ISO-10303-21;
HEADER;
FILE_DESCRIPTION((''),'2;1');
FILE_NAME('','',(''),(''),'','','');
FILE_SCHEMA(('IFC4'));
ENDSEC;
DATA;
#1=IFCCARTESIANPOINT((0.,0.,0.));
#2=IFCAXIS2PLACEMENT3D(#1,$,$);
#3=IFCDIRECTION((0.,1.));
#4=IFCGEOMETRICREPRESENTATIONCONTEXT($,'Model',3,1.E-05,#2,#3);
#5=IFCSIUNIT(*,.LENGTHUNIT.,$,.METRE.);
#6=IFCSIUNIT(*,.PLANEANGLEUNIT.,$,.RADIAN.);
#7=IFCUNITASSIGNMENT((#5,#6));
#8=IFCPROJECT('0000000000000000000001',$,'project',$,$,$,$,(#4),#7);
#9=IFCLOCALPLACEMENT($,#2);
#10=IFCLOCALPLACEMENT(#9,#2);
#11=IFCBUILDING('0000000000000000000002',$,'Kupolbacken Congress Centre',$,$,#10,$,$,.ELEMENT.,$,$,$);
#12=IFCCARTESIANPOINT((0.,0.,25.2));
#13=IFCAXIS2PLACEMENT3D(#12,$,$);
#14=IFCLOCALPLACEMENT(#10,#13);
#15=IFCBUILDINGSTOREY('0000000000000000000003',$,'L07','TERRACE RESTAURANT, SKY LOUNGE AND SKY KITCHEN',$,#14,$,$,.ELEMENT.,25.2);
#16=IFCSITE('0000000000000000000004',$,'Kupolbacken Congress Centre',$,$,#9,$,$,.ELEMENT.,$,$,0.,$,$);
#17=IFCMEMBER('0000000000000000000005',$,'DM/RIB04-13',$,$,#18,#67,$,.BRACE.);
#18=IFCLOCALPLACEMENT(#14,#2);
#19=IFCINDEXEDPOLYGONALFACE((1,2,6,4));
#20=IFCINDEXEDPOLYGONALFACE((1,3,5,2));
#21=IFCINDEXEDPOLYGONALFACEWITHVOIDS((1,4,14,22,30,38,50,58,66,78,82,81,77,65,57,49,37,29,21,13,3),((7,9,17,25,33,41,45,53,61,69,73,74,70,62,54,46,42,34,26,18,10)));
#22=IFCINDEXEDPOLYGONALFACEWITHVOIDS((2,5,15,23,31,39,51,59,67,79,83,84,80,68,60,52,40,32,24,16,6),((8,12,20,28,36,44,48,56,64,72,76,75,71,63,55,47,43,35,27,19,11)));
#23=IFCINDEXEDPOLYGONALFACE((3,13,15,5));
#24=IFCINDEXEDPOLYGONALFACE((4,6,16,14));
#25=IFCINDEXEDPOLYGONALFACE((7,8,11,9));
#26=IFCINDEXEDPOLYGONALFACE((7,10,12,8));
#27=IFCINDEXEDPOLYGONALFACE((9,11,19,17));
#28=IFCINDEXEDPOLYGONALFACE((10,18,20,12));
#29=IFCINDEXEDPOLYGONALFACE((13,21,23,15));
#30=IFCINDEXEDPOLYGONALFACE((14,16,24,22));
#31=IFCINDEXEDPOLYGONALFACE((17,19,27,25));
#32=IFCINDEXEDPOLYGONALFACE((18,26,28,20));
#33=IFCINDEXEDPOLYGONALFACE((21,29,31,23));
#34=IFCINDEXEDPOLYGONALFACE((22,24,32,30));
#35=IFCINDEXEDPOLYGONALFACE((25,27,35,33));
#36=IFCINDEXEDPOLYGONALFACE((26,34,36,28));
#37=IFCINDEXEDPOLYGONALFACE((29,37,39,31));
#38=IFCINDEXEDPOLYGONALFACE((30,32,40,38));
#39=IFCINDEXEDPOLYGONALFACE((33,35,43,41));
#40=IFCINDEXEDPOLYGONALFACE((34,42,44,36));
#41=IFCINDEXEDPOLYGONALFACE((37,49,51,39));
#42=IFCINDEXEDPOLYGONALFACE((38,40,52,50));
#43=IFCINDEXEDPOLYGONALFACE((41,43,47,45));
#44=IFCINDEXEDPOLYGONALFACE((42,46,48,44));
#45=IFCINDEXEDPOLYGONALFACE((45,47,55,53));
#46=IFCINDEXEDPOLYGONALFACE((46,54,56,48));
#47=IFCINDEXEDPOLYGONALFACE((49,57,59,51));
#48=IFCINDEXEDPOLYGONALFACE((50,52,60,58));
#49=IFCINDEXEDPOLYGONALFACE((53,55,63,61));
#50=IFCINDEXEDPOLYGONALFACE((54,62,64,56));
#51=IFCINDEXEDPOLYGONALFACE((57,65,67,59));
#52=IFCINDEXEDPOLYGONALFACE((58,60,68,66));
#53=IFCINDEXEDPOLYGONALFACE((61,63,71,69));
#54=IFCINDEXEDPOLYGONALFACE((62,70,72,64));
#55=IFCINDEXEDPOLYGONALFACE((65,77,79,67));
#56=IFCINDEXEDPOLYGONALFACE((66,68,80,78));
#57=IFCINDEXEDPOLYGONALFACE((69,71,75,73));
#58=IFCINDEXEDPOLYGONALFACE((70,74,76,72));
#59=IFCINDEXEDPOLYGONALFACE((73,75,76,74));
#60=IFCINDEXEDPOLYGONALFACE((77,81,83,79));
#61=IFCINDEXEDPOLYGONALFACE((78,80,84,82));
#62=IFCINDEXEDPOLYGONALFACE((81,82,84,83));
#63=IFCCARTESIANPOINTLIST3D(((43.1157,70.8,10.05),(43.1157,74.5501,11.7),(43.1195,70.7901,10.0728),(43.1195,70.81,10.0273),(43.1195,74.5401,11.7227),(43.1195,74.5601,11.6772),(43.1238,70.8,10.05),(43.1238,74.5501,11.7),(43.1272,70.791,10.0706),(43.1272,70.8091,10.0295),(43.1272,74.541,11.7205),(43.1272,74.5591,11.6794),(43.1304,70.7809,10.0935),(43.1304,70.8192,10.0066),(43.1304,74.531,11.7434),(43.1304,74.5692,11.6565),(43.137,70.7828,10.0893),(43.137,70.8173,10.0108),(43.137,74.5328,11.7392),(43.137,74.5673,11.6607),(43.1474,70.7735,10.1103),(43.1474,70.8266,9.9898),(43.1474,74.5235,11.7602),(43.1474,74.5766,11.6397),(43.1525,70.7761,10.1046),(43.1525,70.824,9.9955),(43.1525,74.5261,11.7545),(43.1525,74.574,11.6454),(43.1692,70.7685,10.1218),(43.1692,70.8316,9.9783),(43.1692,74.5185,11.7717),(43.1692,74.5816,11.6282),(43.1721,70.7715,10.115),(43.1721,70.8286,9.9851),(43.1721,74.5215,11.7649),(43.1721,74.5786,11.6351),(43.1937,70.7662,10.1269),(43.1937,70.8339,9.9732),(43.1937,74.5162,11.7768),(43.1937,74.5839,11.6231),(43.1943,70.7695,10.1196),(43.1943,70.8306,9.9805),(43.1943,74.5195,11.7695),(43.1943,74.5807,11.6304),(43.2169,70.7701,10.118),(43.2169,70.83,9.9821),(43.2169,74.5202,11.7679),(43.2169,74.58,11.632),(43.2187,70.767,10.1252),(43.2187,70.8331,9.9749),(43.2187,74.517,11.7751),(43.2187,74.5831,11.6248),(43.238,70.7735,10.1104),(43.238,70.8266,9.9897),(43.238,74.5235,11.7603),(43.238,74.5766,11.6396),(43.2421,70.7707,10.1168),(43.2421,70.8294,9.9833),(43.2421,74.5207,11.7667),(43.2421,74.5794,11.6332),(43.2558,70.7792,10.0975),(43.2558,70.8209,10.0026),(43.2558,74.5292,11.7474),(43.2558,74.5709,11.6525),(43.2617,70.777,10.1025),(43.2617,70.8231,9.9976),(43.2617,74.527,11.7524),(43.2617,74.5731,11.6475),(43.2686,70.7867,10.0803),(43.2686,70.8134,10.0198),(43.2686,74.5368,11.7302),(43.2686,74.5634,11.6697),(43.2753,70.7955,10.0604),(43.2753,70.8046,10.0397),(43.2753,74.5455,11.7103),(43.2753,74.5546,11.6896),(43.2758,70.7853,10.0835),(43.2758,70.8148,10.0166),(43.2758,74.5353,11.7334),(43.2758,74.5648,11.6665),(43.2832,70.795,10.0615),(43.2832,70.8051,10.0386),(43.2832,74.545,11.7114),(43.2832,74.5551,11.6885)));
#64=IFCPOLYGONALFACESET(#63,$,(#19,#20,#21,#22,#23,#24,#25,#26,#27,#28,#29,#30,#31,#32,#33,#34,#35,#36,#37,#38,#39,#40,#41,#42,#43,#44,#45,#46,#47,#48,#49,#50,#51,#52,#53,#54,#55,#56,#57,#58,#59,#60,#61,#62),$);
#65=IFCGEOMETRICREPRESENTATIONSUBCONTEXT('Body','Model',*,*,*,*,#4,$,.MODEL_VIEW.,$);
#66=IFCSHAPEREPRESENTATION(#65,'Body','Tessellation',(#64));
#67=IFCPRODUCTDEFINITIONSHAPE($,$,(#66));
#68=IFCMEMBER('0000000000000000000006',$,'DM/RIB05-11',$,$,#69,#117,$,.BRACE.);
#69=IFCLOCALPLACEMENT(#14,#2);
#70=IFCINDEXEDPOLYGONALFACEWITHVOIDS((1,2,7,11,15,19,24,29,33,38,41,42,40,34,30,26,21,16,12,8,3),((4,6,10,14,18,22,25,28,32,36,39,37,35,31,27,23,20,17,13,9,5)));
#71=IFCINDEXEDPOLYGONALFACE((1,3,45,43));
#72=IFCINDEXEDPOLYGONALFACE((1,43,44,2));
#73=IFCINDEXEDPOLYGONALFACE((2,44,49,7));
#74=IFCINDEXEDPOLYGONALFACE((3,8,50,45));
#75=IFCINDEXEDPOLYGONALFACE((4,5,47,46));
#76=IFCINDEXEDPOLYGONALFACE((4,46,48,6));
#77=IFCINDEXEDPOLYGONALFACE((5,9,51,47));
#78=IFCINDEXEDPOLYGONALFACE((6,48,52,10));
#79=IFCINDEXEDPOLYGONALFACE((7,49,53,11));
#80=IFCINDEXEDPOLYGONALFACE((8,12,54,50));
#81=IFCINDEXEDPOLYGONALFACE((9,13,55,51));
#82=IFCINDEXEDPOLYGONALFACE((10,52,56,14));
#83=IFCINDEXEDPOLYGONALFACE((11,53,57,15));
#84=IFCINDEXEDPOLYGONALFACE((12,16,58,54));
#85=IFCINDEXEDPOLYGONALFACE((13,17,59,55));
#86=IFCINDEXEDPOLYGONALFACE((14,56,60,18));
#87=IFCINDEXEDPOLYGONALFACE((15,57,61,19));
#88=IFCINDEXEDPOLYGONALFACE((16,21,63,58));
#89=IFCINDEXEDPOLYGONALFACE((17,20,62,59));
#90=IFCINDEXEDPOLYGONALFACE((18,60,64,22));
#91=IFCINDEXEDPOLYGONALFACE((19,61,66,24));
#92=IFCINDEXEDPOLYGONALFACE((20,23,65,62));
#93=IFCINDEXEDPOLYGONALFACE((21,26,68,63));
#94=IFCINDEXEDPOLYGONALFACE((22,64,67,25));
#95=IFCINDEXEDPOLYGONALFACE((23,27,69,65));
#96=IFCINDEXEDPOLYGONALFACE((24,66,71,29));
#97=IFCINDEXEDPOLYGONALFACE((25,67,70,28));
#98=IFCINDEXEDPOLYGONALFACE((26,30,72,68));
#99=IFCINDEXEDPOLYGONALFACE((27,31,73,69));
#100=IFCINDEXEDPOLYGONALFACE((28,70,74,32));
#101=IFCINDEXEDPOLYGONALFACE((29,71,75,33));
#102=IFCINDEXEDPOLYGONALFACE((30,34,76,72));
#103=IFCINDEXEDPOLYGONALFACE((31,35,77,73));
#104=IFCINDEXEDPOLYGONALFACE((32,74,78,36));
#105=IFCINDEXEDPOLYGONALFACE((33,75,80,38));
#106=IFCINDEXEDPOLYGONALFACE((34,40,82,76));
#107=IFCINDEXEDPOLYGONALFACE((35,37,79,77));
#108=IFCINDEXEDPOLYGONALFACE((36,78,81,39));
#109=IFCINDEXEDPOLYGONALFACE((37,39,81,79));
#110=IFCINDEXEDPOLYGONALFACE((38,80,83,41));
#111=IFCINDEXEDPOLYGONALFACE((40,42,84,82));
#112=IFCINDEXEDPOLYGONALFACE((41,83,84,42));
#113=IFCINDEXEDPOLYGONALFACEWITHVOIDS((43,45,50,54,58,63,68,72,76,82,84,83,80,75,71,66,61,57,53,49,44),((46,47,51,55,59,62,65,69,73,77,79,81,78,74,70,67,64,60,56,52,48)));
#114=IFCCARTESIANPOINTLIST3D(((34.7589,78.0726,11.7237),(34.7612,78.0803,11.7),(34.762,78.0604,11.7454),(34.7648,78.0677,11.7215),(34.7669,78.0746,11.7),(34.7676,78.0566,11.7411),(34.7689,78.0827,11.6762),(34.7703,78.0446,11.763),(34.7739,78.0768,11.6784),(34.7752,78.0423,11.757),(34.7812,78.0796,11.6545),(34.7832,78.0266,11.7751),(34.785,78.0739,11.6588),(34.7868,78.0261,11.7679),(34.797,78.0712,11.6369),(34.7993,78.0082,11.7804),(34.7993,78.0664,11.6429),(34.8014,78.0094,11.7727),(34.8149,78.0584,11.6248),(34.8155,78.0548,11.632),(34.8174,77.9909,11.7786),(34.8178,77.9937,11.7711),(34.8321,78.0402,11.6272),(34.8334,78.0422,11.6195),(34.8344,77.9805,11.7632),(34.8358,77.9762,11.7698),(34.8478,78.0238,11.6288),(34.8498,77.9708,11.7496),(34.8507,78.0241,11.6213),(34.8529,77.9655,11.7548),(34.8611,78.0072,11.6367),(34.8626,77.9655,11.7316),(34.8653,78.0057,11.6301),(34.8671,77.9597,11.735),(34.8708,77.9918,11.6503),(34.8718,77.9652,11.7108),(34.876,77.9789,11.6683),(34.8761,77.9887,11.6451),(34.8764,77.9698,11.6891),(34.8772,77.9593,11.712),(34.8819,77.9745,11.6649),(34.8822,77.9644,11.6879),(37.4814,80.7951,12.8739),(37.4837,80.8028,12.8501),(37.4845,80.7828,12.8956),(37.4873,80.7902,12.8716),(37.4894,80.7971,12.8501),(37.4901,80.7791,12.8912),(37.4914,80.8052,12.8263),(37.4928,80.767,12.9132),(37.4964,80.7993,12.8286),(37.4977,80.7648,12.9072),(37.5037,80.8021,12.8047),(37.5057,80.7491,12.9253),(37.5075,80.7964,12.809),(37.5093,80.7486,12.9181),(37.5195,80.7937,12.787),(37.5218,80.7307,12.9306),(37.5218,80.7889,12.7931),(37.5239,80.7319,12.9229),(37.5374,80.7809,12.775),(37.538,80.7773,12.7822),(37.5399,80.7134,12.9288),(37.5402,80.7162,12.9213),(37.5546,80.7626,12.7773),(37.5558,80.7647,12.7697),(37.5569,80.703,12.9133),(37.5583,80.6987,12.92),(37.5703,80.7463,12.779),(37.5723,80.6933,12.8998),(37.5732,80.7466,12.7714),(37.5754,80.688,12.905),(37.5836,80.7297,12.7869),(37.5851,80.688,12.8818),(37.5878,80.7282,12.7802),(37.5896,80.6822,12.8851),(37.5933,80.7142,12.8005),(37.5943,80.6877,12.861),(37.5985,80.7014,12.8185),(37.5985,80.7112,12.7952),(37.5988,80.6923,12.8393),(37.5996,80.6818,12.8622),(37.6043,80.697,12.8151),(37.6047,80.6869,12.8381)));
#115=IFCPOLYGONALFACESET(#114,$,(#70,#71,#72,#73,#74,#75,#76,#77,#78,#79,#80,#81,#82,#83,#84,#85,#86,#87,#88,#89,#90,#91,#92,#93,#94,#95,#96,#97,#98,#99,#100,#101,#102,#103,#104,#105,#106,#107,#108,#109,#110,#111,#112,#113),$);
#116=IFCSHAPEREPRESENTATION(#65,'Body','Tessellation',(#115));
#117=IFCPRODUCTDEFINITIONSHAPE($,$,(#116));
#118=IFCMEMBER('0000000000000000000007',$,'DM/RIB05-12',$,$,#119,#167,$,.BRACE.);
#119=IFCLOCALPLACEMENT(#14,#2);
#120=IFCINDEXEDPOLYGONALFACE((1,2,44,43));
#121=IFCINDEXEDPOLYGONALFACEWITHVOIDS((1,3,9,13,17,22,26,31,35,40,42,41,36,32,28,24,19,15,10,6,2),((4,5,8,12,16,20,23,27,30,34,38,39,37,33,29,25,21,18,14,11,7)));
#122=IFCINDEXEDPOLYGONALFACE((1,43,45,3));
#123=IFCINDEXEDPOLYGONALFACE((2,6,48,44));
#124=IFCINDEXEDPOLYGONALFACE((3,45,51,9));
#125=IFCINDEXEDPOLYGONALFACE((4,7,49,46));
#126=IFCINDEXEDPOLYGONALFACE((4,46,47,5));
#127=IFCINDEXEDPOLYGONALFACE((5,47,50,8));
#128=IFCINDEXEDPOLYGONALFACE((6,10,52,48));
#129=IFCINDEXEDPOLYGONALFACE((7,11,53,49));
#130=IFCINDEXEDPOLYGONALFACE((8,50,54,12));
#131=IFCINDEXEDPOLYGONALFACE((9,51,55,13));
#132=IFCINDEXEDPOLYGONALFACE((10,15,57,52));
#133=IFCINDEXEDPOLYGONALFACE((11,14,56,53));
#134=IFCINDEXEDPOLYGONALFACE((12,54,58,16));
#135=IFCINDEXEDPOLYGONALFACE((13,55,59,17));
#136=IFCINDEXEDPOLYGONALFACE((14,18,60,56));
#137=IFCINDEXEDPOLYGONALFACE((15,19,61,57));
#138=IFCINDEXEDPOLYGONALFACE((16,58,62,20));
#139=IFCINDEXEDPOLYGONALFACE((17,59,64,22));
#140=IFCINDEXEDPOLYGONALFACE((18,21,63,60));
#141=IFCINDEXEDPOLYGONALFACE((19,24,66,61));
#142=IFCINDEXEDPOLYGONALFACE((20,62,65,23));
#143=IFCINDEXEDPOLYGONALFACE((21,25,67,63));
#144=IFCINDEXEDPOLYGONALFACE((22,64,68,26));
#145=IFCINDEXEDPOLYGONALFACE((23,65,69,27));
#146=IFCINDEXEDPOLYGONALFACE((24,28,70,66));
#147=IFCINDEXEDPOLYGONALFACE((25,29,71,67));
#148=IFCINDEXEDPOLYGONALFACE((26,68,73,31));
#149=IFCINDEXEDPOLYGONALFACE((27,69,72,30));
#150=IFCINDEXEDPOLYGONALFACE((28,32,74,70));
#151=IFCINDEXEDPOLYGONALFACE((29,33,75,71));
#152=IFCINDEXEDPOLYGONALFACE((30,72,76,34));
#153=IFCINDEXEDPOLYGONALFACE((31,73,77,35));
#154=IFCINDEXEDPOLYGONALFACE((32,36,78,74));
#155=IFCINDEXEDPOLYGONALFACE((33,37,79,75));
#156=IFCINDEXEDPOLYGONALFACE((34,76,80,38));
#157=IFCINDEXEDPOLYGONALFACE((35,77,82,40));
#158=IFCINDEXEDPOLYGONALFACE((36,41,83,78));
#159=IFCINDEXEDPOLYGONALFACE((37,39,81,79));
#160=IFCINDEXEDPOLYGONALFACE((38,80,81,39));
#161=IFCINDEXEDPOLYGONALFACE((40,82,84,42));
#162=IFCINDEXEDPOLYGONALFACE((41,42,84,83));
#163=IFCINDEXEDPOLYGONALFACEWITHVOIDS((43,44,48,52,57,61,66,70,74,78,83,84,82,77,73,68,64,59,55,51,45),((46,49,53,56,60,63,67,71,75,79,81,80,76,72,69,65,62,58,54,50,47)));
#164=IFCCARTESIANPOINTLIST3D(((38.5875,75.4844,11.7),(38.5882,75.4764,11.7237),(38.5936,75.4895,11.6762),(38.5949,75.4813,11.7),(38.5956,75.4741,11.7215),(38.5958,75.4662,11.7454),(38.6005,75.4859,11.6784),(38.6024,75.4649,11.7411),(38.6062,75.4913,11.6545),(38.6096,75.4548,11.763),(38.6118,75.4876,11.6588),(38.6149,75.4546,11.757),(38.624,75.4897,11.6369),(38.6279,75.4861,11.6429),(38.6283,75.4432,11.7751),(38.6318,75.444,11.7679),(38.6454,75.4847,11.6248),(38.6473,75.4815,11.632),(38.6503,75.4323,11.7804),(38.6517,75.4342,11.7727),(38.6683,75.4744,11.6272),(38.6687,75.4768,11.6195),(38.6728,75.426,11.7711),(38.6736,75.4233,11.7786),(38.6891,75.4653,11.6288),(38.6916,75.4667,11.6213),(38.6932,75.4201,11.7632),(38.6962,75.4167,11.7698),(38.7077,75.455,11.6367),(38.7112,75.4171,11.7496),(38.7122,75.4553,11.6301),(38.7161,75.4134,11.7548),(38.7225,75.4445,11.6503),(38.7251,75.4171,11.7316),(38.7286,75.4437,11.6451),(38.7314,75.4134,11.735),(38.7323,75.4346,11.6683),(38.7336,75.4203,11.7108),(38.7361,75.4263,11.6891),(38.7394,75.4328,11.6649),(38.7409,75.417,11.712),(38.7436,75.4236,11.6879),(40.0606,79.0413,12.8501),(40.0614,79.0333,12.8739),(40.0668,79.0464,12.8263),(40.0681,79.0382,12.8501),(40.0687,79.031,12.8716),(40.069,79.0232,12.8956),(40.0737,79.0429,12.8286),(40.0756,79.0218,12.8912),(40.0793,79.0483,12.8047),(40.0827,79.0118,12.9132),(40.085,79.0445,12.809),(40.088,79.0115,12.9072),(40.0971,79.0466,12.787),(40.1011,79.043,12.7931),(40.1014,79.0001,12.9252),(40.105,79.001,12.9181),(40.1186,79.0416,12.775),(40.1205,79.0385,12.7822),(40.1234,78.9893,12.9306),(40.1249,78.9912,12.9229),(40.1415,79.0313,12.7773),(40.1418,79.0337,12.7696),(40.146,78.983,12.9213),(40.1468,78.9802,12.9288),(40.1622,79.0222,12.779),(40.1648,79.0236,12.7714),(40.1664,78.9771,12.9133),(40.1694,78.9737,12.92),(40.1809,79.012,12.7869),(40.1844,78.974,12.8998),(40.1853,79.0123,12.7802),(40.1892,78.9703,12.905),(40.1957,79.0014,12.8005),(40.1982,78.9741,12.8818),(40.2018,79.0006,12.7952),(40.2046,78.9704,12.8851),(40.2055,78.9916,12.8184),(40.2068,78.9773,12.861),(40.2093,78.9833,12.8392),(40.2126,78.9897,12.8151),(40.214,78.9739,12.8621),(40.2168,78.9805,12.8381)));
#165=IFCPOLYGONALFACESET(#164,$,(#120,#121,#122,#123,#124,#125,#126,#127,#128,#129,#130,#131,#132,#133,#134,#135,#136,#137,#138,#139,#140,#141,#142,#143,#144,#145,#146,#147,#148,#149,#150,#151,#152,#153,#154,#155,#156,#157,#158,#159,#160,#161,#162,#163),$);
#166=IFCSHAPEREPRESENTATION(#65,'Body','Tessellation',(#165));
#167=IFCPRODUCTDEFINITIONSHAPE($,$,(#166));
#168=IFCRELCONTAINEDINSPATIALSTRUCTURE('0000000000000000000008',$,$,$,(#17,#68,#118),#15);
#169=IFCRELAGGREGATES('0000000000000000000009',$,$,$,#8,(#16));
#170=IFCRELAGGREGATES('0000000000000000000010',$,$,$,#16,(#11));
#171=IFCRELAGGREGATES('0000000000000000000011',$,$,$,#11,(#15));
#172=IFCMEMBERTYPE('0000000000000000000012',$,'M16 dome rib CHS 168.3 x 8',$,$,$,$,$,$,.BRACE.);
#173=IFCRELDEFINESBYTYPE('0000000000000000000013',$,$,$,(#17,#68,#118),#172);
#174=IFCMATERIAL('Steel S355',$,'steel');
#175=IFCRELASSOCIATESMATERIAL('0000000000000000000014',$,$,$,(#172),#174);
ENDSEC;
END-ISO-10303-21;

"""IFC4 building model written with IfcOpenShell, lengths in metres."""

from ifc_helpers import new_model, si_unit, direction, frame, origin, origin_2d, place, context, subcontext, project, spatial, hollow_circle, extrude, material, material_profile, profile_set, type_object, element, save


model = new_model("IFC4")

# Units and contexts
model_context = context("Model", 3, precision=1e-05, world=origin(), true_north=direction((0.0, 1.0)))
body_context = subcontext(model_context, "Body", "Model", "MODEL_VIEW")
ifc_project = project(units=[si_unit("LENGTHUNIT", "METRE"), si_unit("PLANEANGLEUNIT", "RADIAN")], contexts=[model_context])

# Site, building, storey
site_placement = place(None, origin())
site = spatial("IfcSite", under=ifc_project, at=site_placement, Name="Kupolbacken Congress Centre", CompositionType="ELEMENT", RefElevation=0.0)
building_placement = place(site_placement, origin())
building = spatial("IfcBuilding", under=site, at=building_placement, Name="Kupolbacken Congress Centre", CompositionType="ELEMENT")
storey_placement = place(building_placement, frame((0.0, 0.0, 25.2)))
storey = spatial("IfcBuildingStorey", under=building, at=storey_placement, Name="L07", Description="TERRACE RESTAURANT, SKY LOUNGE AND SKY KITCHEN", CompositionType="ELEMENT", Elevation=25.2)

# Members
ifc_material_1 = material(Name="Steel S355", Category="steel")
ifc_material_profile_1 = material_profile(ifc_material_1, hollow_circle(Radius=0.0842, WallThickness=0.0081, at=origin_2d()), Name="CHS 168.3 x 8")
ifc_profile_set_1 = profile_set([ifc_material_profile_1], Name="Steel S355")
member_type_1 = type_object("IfcMemberType", Name="M16 dome rib CHS 168.3 x 8", PredefinedType="BRACE", material=ifc_profile_set_1)
for number, where, z_axis, x_axis, name in (
    (1, (43.2, 70.8, 10.05), (0.0, 0.915324, 0.402719), (-1.0, 0.0, 0.0), "DM/RIB04-13"),
):
    element("IfcMember", number, at=place(storey_placement, frame(where, z_axis=z_axis, x_axis=x_axis)), inside=storey, type_object=member_type_1, Name=name, PredefinedType="BRACE", context=body_context, shape_type="SweptSolid", body=[
        extrude(hollow_circle(Radius=0.0842, WallThickness=0.0081, at=origin_2d()), origin(), (0.0, 0.0, 1.0), 4.0969),
    ])
member_1_placement = place(storey_placement, frame((34.8208, 78.0208, 11.7), z_axis=(0.677521, 0.677521, 0.286235), x_axis=(-0.707107, 0.707107, 0.0)))
element("IfcMember", 2, at=member_1_placement, inside=storey, type_object=member_type_1, Name="DM/RIB05-11", PredefinedType="BRACE", context=body_context, shape_type="SweptSolid", body=[
    extrude(hollow_circle(Radius=0.0842, WallThickness=0.0081, at=origin_2d()), origin(), (0.0, 0.0, 1.0), 4.0183),
])
for number, where, z_axis, x_axis, name in (
    (3, (38.6653, 75.4521, 11.7), (0.366635, 0.885235, 0.286248), (-0.923895, 0.382647, 0.0), "DM/RIB05-12"),
):
    element("IfcMember", number, at=place(storey_placement, frame(where, z_axis=z_axis, x_axis=x_axis)), inside=storey, type_object=member_type_1, Name=name, PredefinedType="BRACE", context=body_context, shape_type="SweptSolid", body=[
        extrude(hollow_circle(Radius=0.0842, WallThickness=0.0081, at=origin_2d()), origin(), (0.0, 0.0, 1.0), 4.0181),
    ])

save(model, "model.ifc")
